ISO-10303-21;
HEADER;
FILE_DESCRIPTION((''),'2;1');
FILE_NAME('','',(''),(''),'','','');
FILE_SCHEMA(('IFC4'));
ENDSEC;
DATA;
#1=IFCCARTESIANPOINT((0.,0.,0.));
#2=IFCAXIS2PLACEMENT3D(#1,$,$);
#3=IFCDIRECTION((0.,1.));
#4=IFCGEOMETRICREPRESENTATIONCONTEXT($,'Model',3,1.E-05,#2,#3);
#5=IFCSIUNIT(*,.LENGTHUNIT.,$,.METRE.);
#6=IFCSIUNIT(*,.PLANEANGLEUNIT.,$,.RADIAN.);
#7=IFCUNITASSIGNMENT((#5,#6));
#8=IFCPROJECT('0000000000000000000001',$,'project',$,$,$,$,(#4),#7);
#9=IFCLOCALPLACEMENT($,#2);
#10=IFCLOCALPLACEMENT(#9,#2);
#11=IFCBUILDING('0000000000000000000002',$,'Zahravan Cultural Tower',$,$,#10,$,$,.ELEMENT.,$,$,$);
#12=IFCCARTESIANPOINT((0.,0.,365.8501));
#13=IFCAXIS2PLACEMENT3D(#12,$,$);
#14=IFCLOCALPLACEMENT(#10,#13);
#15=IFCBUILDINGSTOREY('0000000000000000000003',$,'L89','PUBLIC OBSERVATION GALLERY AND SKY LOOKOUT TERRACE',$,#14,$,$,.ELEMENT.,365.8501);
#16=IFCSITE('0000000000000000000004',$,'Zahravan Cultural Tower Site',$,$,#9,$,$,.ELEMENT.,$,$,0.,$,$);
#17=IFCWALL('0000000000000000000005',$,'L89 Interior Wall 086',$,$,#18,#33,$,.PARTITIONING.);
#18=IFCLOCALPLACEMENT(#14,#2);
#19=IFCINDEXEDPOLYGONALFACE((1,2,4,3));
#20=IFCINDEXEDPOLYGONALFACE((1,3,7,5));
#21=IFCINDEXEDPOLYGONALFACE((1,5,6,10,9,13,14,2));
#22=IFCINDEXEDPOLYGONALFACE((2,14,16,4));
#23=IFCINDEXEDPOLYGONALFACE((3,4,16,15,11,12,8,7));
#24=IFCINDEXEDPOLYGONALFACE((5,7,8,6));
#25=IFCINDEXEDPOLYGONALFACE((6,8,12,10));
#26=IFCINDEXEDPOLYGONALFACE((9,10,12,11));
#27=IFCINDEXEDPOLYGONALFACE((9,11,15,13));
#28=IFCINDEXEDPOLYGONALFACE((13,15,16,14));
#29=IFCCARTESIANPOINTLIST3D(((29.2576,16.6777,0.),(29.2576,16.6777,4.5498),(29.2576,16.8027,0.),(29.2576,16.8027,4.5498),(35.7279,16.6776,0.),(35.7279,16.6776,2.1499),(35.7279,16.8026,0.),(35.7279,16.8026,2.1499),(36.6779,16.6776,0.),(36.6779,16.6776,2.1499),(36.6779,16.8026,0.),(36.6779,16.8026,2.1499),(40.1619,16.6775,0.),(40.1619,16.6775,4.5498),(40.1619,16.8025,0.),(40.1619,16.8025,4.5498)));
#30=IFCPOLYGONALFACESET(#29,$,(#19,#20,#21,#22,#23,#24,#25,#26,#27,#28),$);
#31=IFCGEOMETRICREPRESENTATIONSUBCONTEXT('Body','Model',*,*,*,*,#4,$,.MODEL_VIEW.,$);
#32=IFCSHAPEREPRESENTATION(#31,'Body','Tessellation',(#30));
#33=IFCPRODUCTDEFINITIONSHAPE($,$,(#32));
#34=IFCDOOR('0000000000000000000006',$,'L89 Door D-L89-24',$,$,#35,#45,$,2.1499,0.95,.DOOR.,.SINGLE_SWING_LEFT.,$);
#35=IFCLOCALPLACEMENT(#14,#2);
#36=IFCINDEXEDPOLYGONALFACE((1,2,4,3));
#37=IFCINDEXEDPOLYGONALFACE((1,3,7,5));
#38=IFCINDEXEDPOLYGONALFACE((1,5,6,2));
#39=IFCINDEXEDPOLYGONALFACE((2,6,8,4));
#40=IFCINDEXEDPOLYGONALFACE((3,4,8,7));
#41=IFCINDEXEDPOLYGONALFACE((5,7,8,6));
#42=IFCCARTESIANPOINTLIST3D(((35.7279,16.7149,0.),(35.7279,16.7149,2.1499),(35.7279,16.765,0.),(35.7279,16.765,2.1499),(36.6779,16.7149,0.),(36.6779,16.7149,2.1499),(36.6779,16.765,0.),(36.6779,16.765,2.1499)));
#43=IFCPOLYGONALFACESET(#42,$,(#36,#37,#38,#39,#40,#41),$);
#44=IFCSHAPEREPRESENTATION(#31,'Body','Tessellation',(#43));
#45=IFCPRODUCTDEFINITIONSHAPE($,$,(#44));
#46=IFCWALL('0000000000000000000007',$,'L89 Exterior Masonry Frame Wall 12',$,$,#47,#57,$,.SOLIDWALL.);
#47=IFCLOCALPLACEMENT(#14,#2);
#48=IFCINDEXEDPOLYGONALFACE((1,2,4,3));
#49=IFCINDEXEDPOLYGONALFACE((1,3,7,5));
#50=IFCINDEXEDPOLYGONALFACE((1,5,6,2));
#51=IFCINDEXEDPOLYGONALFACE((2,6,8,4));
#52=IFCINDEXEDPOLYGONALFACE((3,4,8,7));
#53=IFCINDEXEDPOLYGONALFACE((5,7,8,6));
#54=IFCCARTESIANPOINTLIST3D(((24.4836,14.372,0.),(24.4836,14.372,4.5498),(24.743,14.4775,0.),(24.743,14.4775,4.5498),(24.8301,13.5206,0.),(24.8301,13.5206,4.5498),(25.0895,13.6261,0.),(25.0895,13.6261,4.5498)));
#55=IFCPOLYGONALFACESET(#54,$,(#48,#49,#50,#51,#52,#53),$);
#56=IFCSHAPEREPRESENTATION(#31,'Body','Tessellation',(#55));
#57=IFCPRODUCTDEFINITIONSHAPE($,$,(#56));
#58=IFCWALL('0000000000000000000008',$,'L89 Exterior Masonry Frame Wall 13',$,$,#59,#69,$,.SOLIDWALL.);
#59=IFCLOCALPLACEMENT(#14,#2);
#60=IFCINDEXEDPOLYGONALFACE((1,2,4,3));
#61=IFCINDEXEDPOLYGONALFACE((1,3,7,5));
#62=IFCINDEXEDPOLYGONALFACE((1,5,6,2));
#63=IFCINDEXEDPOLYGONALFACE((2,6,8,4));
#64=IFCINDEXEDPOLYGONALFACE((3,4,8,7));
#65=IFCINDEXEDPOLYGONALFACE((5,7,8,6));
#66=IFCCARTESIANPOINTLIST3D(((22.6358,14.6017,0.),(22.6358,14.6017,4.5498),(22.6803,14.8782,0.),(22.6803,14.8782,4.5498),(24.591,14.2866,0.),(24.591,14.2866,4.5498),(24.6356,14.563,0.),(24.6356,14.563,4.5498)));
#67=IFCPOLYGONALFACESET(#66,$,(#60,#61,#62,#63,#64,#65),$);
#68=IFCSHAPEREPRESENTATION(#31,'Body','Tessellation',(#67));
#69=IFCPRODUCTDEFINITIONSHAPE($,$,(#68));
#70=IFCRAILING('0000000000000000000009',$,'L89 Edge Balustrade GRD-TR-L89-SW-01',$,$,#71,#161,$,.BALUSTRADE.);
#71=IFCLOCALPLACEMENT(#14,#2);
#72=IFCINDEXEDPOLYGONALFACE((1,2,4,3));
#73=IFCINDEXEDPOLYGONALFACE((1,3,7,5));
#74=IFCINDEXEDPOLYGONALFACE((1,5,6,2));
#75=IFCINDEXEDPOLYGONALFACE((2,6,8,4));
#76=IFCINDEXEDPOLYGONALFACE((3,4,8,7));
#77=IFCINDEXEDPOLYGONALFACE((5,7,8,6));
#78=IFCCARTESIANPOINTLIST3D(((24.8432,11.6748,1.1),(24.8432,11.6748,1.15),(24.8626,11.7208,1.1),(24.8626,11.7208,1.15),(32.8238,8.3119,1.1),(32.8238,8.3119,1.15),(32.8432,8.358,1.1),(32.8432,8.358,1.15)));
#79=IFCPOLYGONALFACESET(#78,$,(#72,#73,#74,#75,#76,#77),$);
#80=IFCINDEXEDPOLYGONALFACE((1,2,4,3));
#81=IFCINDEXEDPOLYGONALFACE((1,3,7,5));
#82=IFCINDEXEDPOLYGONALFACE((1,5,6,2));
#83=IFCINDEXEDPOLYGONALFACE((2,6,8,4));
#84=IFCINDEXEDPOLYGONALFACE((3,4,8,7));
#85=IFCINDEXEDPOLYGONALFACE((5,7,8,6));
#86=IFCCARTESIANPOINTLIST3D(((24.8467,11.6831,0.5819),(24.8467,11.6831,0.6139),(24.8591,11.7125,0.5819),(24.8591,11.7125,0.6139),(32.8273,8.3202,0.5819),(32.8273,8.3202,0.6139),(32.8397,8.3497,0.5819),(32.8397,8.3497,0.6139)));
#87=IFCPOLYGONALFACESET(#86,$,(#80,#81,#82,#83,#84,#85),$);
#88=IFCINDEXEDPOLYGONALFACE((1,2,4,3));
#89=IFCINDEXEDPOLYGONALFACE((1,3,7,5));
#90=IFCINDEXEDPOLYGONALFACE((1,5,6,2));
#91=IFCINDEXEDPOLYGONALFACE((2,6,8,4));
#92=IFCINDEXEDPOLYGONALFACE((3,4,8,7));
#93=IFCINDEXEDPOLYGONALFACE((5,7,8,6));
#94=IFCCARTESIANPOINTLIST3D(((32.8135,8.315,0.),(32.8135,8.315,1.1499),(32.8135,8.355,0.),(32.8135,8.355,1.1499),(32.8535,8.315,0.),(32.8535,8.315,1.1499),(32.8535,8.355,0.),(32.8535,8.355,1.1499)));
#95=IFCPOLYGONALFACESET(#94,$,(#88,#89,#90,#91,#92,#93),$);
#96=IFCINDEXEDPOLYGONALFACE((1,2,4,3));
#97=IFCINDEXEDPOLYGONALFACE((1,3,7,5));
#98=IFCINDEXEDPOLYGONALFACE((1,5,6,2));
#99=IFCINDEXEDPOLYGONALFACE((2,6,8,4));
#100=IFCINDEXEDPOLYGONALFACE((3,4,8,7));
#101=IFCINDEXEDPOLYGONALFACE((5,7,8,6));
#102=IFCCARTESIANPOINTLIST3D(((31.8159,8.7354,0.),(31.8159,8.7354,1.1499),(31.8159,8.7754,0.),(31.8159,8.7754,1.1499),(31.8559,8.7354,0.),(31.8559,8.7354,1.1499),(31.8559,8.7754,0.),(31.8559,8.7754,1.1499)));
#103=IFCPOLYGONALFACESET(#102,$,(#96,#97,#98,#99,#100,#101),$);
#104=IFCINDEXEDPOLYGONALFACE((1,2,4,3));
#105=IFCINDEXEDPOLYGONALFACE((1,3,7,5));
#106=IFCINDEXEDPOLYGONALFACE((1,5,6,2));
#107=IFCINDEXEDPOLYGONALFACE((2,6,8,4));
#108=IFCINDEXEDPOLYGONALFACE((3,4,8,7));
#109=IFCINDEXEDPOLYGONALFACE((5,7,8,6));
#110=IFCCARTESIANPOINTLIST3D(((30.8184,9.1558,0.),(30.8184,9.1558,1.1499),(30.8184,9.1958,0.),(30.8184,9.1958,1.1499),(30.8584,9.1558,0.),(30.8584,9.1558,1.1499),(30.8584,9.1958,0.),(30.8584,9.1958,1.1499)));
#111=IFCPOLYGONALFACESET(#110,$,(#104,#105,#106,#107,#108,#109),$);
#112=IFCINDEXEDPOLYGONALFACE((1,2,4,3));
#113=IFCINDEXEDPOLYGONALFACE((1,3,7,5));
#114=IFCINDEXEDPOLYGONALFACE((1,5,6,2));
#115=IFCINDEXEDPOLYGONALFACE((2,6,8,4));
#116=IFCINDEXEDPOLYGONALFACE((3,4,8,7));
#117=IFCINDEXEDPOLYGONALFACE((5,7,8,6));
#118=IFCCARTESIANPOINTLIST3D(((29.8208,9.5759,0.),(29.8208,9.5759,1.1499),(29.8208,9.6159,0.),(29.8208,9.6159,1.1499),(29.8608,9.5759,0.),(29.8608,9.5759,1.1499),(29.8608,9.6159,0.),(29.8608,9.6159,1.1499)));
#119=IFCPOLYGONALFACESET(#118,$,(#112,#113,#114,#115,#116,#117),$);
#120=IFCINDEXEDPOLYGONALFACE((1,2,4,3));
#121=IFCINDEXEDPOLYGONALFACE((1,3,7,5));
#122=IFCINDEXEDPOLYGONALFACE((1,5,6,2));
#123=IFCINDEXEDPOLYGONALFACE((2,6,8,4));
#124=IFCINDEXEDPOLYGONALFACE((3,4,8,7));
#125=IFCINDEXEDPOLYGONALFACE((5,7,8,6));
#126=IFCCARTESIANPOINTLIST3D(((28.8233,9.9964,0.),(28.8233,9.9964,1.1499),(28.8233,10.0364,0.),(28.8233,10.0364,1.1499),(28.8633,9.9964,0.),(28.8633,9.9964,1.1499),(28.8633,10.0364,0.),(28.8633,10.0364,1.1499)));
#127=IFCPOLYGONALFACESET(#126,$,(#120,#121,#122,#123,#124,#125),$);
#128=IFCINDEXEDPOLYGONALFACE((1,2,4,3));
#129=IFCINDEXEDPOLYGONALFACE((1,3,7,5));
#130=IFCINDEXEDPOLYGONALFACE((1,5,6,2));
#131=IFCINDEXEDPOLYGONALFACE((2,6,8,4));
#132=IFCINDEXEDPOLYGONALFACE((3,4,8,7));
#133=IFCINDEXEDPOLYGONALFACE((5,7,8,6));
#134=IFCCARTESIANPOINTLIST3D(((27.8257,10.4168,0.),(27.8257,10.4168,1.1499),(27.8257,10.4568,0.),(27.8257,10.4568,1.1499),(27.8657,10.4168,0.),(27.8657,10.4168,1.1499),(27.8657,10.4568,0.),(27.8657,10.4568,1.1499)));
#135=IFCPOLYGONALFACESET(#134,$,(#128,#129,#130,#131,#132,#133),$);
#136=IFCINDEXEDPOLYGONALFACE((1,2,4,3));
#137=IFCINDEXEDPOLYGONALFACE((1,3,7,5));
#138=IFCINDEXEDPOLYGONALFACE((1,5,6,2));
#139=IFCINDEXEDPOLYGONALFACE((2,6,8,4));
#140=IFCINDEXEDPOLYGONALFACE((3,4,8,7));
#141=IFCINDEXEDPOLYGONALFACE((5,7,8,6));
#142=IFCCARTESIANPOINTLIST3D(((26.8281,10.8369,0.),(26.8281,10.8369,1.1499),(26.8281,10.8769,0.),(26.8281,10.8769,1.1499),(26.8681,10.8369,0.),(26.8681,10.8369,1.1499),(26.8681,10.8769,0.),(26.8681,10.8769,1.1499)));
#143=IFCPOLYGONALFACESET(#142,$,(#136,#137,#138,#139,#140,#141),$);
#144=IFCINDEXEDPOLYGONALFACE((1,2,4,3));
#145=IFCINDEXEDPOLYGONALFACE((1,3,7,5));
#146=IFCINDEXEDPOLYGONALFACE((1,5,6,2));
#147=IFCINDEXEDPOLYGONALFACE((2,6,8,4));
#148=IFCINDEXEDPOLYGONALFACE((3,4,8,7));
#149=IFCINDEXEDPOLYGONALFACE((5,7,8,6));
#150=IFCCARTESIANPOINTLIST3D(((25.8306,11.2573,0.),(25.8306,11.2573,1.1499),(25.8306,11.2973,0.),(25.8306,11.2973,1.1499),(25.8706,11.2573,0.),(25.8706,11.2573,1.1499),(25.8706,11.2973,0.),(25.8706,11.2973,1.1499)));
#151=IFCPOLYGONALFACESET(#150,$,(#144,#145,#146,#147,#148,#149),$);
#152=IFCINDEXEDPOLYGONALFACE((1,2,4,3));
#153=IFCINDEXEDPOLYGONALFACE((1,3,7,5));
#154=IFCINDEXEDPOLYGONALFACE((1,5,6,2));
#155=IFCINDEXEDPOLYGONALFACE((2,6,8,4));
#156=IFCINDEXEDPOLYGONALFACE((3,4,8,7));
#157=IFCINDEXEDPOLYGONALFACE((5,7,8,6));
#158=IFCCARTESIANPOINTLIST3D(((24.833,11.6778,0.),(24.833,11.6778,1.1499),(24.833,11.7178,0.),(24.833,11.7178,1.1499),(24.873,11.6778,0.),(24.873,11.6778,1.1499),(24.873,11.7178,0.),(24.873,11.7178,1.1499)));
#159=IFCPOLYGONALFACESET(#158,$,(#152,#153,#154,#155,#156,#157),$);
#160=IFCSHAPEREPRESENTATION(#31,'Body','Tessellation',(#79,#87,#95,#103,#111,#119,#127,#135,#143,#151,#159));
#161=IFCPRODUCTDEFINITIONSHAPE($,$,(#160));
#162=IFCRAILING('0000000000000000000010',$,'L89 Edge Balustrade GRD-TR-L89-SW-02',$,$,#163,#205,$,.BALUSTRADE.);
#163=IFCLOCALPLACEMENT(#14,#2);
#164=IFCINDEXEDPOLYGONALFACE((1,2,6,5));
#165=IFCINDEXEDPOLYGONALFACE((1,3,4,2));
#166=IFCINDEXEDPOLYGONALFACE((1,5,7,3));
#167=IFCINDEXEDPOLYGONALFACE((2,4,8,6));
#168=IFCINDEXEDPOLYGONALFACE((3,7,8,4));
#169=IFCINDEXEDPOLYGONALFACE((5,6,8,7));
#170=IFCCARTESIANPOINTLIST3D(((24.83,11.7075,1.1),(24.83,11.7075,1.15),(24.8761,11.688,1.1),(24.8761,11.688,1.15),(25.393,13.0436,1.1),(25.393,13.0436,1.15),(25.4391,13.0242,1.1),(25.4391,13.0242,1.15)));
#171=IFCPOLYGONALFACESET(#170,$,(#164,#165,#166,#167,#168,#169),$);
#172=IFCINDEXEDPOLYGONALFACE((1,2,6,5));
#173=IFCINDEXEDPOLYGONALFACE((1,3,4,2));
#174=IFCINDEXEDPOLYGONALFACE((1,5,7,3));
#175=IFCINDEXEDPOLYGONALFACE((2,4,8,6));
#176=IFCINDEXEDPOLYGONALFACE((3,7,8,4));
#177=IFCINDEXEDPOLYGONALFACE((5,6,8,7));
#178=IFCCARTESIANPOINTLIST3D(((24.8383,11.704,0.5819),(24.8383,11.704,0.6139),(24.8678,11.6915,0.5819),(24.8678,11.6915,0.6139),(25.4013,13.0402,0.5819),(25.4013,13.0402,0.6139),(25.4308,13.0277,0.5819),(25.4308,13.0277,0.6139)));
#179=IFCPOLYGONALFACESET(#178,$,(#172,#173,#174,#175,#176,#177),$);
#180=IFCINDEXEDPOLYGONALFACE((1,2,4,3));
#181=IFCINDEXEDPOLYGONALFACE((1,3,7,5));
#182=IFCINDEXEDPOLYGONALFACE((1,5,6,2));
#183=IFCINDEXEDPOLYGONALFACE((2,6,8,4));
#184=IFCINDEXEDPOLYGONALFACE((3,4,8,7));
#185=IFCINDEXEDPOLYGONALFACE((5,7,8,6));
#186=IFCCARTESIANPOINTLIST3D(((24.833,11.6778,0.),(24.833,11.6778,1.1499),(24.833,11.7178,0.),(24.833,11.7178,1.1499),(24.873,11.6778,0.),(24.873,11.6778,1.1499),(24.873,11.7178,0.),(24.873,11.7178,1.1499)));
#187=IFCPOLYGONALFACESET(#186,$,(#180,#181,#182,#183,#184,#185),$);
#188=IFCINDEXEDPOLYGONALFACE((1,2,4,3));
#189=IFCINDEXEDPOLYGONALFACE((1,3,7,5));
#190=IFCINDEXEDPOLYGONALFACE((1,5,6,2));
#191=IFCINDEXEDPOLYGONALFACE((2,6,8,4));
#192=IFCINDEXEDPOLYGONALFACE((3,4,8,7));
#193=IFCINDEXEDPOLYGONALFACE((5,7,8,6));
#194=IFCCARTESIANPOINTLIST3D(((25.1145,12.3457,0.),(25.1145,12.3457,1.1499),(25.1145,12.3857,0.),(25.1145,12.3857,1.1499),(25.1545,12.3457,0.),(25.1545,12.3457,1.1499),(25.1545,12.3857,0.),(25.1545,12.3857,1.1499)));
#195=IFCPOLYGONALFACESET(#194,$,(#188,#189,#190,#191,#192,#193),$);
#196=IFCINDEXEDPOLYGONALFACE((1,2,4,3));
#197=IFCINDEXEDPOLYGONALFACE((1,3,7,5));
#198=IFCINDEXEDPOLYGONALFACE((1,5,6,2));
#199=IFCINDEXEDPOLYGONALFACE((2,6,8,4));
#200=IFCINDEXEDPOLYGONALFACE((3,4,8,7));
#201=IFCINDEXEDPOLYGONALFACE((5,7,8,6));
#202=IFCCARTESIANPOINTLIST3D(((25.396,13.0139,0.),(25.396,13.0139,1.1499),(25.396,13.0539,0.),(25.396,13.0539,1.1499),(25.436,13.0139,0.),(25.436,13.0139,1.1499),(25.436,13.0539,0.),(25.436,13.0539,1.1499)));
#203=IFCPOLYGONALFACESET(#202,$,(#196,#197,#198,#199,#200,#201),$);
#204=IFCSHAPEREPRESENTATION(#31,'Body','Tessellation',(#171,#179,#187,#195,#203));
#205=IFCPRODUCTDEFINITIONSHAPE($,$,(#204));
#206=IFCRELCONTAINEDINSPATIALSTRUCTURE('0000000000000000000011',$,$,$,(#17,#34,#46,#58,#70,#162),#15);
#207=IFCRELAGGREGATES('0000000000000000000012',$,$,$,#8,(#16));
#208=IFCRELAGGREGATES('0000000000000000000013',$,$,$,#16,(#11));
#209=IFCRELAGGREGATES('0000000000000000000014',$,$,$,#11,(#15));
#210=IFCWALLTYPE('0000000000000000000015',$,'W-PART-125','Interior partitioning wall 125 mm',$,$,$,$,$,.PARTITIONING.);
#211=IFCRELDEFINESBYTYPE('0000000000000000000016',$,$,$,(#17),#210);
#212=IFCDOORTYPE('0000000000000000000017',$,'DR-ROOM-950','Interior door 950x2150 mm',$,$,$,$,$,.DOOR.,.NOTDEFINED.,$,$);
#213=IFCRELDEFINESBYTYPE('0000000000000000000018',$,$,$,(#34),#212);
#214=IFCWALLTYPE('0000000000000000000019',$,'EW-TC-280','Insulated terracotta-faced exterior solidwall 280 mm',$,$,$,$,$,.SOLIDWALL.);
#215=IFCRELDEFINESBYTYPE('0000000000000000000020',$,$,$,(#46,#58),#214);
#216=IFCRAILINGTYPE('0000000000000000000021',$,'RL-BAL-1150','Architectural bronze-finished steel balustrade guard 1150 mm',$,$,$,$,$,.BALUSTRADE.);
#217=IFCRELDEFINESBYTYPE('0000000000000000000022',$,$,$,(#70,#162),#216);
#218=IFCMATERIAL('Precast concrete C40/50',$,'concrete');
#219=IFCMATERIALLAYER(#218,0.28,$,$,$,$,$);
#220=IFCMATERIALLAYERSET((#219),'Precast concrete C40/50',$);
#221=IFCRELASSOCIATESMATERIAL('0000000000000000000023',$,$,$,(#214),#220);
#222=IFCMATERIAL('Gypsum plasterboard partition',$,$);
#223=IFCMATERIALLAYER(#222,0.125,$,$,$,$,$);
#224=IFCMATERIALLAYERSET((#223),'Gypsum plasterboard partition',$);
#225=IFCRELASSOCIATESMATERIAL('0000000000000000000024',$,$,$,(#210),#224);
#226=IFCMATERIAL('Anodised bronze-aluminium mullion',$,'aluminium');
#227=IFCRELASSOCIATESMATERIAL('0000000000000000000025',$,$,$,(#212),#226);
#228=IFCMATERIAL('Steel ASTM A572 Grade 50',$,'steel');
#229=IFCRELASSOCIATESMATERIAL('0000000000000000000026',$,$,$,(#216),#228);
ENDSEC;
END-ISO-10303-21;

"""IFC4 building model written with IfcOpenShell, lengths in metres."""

from ifc_helpers import new_model, si_unit, direction, frame, frame_2d, origin, origin_2d, place, context, subcontext, project, spatial, rectangle, extrude, source, transform, mapped, material, layer, layer_set, type_object, element, fill, save


model = new_model("IFC4")

# Units and contexts
model_context = context("Model", 3, precision=1e-05, world=origin(), true_north=direction((0.0, 1.0)))
body_context = subcontext(model_context, "Body", "Model", "MODEL_VIEW")
ifc_project = project(units=[si_unit("LENGTHUNIT", "METRE"), si_unit("PLANEANGLEUNIT", "RADIAN")], contexts=[model_context])

# Site, building, storey
site_placement = place(None, origin())
site = spatial("IfcSite", under=ifc_project, at=site_placement, Name="Zahravan Cultural Tower Site", CompositionType="ELEMENT", RefElevation=0.0)
building_placement = place(site_placement, origin())
building = spatial("IfcBuilding", under=site, at=building_placement, Name="Zahravan Cultural Tower", CompositionType="ELEMENT")
storey_placement = place(building_placement, frame((0.0, 0.0, 365.8501)))
storey = spatial("IfcBuildingStorey", under=building, at=storey_placement, Name="L89", Description="PUBLIC OBSERVATION GALLERY AND SKY LOOKOUT TERRACE", CompositionType="ELEMENT", Elevation=365.8501)

# Shared definitions
ifc_material_1 = material(Name="Steel ASTM A572 Grade 50", Category="steel")

# Shared definitions
ifc_material_2 = material(Name="Precast concrete C40/50", Category="concrete")
ifc_layer_1 = layer(ifc_material_2, 0.28)
ifc_layer_set_1 = layer_set([ifc_layer_1], Name="Precast concrete C40/50")
wall_type_1 = type_object("IfcWallType", Name="EW-TC-280", Description="Insulated terracotta-faced exterior solidwall 280 mm", PredefinedType="SOLIDWALL", material=ifc_layer_set_1)
ifc_material_3 = material(Name="Anodised bronze-aluminium mullion", Category="aluminium")

# Wall, opening, door
ifc_material_4 = material(Name="Gypsum plasterboard partition")
ifc_layer_2 = layer(ifc_material_4, 0.125)
ifc_layer_set_2 = layer_set([ifc_layer_2], Name="Gypsum plasterboard partition")
wall_type_2 = type_object("IfcWallType", Name="W-PART-125", Description="Interior partitioning wall 125 mm", PredefinedType="PARTITIONING", material=ifc_layer_set_2)
wall_1_placement = place(storey_placement, frame((29.2576, 16.7402, 0.0), z_axis=(0.0, 0.0, 1.0), x_axis=(1.0, -0.000022, 0.0)))
wall_1 = element("IfcWall", 1, at=wall_1_placement, inside=storey, type_object=wall_type_2, Name="L89 Interior Wall 086", PredefinedType="PARTITIONING", context=body_context, shape_type="SweptSolid", body=[
    extrude(rectangle(XDim=10.9043, YDim=0.125, at=frame_2d((5.4521, 0.0))), origin(), (0.0, 0.0, 1.0), 4.5498),
])
opening_1_placement = place(wall_1_placement, frame((6.4702, 0.0, 0.0)))
opening_1 = element("IfcOpeningElement", 2, at=opening_1_placement, cuts=wall_1, PredefinedType="OPENING", context=body_context, shape_type="SweptSolid", body=[
    extrude(rectangle(XDim=0.95, YDim=2.1499, at=frame_2d((0.4751, 1.075))), frame((0.0, 0.0725, 0.0), z_axis=(0.0, -1.0, 0.0), x_axis=(1.0, 0.0, 0.0)), (0.0, 0.0, 1.0), 0.145),
])
door_type_1 = type_object("IfcDoorType", Name="DR-ROOM-950", Description="Interior door 950x2150 mm", OperationType="NOTDEFINED", PredefinedType="DOOR", material=ifc_material_3)
shared_shape_1 = source(origin(), body_context, "Body", "SweptSolid", [
    extrude(rectangle(XDim=0.95, YDim=2.1499, at=frame_2d((0.4751, 1.075))), frame((0.0, 0.0249, 0.0), z_axis=(0.0, -1.0, 0.0), x_axis=(1.0, 0.0, 0.0)), (0.0, 0.0, 1.0), 0.05),
])
door_1_placement = place(opening_1_placement, origin())
door_1 = element("IfcDoor", 3, at=door_1_placement, inside=storey, type_object=door_type_1, Name="L89 Door D-L89-24", OperationType="SINGLE_SWING_LEFT", OverallHeight=2.1499, OverallWidth=0.95, PredefinedType="DOOR", context=body_context, shape_type="MappedRepresentation", body=[
    mapped(shared_shape_1, transform((0.0, 0.0, 0.0), x_axis=(1.0, 0.0, 0.0), y_axis=(0.0, 1.0, 0.0), z_axis=(0.0, 0.0, 1.0), scale=1.0)),
])
fill(opening_1, door_1)

# Walls
shared_shape_2 = source(origin(), body_context, "Body", "SweptSolid", [
    extrude(rectangle(XDim=0.9192, YDim=0.28, at=frame_2d((0.4595, 0.0))), origin(), (0.0, 0.0, 1.0), 4.5498),
])
wall_2_placement = place(storey_placement, frame((24.9597, 13.5735, 0.0), z_axis=(0.0, 0.0, 1.0), x_axis=(-0.376926, 0.926244, 0.0)))
element("IfcWall", 4, at=wall_2_placement, inside=storey, type_object=wall_type_1, Name="L89 Exterior Masonry Frame Wall 12", PredefinedType="SOLIDWALL", context=body_context, shape_type="MappedRepresentation", body=[
    mapped(shared_shape_2, transform((0.0, 0.0, 0.0), x_axis=(1.0, 0.0, 0.0), y_axis=(0.0, 1.0, 0.0), z_axis=(0.0, 0.0, 1.0), scale=1.0)),
])
shared_shape_3 = source(origin(), body_context, "Body", "SweptSolid", [
    extrude(rectangle(XDim=1.9805, YDim=0.28, at=frame_2d((0.9902, 0.0))), origin(), (0.0, 0.0, 1.0), 4.5498),
])
wall_3_placement = place(storey_placement, frame((24.6133, 14.4248, 0.0), z_axis=(0.0, 0.0, 1.0), x_axis=(-0.987256, 0.159139, 0.0)))
element("IfcWall", 5, at=wall_3_placement, inside=storey, type_object=wall_type_1, Name="L89 Exterior Masonry Frame Wall 13", PredefinedType="SOLIDWALL", context=body_context, shape_type="MappedRepresentation", body=[
    mapped(shared_shape_3, transform((0.0, 0.0, 0.0), x_axis=(1.0, 0.0, 0.0), y_axis=(0.0, 1.0, 0.0), z_axis=(0.0, 0.0, 1.0), scale=1.0)),
])

# Railings
railing_type = type_object("IfcRailingType", Name="RL-BAL-1150", Description="Architectural bronze-finished steel balustrade guard 1150 mm", PredefinedType="BALUSTRADE", material=ifc_material_1)
railing_1_placement = place(storey_placement, frame((32.8335, 8.335, 0.0)))
element("IfcRailing", 6, at=railing_1_placement, inside=storey, type_object=railing_type, Name="L89 Edge Balustrade GRD-TR-L89-SW-01", PredefinedType="BALUSTRADE", context=body_context, shape_type="SweptSolid", body=[
    extrude(rectangle(XDim=0.05, YDim=0.05, at=origin_2d()), frame((0.0, 0.0, 1.125), z_axis=(-0.921528, 0.388312, 0.0), x_axis=(-0.388312, -0.921528, 0.0)), (0.0, 0.0, 1.0), 8.6602),
    extrude(rectangle(XDim=0.032, YDim=0.032, at=origin_2d()), frame((0.0, 0.0, 0.5979), z_axis=(-0.921528, 0.388312, 0.0), x_axis=(-0.388312, -0.921528, 0.0)), (0.0, 0.0, 1.0), 8.6602),
    extrude(rectangle(XDim=0.04, YDim=0.04, at=origin_2d()), origin(), (0.0, 0.0, 1.0), 1.1499),
    extrude(rectangle(XDim=0.04, YDim=0.04, at=origin_2d()), frame((-0.9976, 0.4204, 0.0)), (0.0, 0.0, 1.0), 1.1499),
    extrude(rectangle(XDim=0.04, YDim=0.04, at=origin_2d()), frame((-1.9951, 0.8408, 0.0)), (0.0, 0.0, 1.0), 1.1499),
    extrude(rectangle(XDim=0.04, YDim=0.04, at=origin_2d()), frame((-2.9927, 1.261, 0.0)), (0.0, 0.0, 1.0), 1.1499),
    extrude(rectangle(XDim=0.04, YDim=0.04, at=origin_2d()), frame((-3.9902, 1.6814, 0.0)), (0.0, 0.0, 1.0), 1.1499),
    extrude(rectangle(XDim=0.04, YDim=0.04, at=origin_2d()), frame((-4.9878, 2.1018, 0.0)), (0.0, 0.0, 1.0), 1.1499),
    extrude(rectangle(XDim=0.04, YDim=0.04, at=origin_2d()), frame((-5.9854, 2.522, 0.0)), (0.0, 0.0, 1.0), 1.1499),
    extrude(rectangle(XDim=0.04, YDim=0.04, at=origin_2d()), frame((-6.9829, 2.9424, 0.0)), (0.0, 0.0, 1.0), 1.1499),
    extrude(rectangle(XDim=0.04, YDim=0.04, at=origin_2d()), frame((-7.9805, 3.3628, 0.0)), (0.0, 0.0, 1.0), 1.1499),
])
railing_2_placement = place(storey_placement, frame((24.853, 11.6978, 0.0)))
element("IfcRailing", 7, at=railing_2_placement, inside=storey, type_object=railing_type, Name="L89 Edge Balustrade GRD-TR-L89-SW-02", PredefinedType="BALUSTRADE", context=body_context, shape_type="SweptSolid", body=[
    extrude(rectangle(XDim=0.05, YDim=0.05, at=origin_2d()), frame((0.0, 0.0, 1.125), z_axis=(0.388283, 0.92154, 0.0), x_axis=(-0.92154, 0.388283, 0.0)), (0.0, 0.0, 1.0), 1.45),
    extrude(rectangle(XDim=0.032, YDim=0.032, at=origin_2d()), frame((0.0, 0.0, 0.5979), z_axis=(0.388283, 0.92154, 0.0), x_axis=(-0.92154, 0.388283, 0.0)), (0.0, 0.0, 1.0), 1.45),
    extrude(rectangle(XDim=0.04, YDim=0.04, at=origin_2d()), origin(), (0.0, 0.0, 1.0), 1.1499),
    extrude(rectangle(XDim=0.04, YDim=0.04, at=origin_2d()), frame((0.2815, 0.668, 0.0)), (0.0, 0.0, 1.0), 1.1499),
    extrude(rectangle(XDim=0.04, YDim=0.04, at=origin_2d()), frame((0.563, 1.3362, 0.0)), (0.0, 0.0, 1.0), 1.1499),
])

save(model, "model.ifc")
